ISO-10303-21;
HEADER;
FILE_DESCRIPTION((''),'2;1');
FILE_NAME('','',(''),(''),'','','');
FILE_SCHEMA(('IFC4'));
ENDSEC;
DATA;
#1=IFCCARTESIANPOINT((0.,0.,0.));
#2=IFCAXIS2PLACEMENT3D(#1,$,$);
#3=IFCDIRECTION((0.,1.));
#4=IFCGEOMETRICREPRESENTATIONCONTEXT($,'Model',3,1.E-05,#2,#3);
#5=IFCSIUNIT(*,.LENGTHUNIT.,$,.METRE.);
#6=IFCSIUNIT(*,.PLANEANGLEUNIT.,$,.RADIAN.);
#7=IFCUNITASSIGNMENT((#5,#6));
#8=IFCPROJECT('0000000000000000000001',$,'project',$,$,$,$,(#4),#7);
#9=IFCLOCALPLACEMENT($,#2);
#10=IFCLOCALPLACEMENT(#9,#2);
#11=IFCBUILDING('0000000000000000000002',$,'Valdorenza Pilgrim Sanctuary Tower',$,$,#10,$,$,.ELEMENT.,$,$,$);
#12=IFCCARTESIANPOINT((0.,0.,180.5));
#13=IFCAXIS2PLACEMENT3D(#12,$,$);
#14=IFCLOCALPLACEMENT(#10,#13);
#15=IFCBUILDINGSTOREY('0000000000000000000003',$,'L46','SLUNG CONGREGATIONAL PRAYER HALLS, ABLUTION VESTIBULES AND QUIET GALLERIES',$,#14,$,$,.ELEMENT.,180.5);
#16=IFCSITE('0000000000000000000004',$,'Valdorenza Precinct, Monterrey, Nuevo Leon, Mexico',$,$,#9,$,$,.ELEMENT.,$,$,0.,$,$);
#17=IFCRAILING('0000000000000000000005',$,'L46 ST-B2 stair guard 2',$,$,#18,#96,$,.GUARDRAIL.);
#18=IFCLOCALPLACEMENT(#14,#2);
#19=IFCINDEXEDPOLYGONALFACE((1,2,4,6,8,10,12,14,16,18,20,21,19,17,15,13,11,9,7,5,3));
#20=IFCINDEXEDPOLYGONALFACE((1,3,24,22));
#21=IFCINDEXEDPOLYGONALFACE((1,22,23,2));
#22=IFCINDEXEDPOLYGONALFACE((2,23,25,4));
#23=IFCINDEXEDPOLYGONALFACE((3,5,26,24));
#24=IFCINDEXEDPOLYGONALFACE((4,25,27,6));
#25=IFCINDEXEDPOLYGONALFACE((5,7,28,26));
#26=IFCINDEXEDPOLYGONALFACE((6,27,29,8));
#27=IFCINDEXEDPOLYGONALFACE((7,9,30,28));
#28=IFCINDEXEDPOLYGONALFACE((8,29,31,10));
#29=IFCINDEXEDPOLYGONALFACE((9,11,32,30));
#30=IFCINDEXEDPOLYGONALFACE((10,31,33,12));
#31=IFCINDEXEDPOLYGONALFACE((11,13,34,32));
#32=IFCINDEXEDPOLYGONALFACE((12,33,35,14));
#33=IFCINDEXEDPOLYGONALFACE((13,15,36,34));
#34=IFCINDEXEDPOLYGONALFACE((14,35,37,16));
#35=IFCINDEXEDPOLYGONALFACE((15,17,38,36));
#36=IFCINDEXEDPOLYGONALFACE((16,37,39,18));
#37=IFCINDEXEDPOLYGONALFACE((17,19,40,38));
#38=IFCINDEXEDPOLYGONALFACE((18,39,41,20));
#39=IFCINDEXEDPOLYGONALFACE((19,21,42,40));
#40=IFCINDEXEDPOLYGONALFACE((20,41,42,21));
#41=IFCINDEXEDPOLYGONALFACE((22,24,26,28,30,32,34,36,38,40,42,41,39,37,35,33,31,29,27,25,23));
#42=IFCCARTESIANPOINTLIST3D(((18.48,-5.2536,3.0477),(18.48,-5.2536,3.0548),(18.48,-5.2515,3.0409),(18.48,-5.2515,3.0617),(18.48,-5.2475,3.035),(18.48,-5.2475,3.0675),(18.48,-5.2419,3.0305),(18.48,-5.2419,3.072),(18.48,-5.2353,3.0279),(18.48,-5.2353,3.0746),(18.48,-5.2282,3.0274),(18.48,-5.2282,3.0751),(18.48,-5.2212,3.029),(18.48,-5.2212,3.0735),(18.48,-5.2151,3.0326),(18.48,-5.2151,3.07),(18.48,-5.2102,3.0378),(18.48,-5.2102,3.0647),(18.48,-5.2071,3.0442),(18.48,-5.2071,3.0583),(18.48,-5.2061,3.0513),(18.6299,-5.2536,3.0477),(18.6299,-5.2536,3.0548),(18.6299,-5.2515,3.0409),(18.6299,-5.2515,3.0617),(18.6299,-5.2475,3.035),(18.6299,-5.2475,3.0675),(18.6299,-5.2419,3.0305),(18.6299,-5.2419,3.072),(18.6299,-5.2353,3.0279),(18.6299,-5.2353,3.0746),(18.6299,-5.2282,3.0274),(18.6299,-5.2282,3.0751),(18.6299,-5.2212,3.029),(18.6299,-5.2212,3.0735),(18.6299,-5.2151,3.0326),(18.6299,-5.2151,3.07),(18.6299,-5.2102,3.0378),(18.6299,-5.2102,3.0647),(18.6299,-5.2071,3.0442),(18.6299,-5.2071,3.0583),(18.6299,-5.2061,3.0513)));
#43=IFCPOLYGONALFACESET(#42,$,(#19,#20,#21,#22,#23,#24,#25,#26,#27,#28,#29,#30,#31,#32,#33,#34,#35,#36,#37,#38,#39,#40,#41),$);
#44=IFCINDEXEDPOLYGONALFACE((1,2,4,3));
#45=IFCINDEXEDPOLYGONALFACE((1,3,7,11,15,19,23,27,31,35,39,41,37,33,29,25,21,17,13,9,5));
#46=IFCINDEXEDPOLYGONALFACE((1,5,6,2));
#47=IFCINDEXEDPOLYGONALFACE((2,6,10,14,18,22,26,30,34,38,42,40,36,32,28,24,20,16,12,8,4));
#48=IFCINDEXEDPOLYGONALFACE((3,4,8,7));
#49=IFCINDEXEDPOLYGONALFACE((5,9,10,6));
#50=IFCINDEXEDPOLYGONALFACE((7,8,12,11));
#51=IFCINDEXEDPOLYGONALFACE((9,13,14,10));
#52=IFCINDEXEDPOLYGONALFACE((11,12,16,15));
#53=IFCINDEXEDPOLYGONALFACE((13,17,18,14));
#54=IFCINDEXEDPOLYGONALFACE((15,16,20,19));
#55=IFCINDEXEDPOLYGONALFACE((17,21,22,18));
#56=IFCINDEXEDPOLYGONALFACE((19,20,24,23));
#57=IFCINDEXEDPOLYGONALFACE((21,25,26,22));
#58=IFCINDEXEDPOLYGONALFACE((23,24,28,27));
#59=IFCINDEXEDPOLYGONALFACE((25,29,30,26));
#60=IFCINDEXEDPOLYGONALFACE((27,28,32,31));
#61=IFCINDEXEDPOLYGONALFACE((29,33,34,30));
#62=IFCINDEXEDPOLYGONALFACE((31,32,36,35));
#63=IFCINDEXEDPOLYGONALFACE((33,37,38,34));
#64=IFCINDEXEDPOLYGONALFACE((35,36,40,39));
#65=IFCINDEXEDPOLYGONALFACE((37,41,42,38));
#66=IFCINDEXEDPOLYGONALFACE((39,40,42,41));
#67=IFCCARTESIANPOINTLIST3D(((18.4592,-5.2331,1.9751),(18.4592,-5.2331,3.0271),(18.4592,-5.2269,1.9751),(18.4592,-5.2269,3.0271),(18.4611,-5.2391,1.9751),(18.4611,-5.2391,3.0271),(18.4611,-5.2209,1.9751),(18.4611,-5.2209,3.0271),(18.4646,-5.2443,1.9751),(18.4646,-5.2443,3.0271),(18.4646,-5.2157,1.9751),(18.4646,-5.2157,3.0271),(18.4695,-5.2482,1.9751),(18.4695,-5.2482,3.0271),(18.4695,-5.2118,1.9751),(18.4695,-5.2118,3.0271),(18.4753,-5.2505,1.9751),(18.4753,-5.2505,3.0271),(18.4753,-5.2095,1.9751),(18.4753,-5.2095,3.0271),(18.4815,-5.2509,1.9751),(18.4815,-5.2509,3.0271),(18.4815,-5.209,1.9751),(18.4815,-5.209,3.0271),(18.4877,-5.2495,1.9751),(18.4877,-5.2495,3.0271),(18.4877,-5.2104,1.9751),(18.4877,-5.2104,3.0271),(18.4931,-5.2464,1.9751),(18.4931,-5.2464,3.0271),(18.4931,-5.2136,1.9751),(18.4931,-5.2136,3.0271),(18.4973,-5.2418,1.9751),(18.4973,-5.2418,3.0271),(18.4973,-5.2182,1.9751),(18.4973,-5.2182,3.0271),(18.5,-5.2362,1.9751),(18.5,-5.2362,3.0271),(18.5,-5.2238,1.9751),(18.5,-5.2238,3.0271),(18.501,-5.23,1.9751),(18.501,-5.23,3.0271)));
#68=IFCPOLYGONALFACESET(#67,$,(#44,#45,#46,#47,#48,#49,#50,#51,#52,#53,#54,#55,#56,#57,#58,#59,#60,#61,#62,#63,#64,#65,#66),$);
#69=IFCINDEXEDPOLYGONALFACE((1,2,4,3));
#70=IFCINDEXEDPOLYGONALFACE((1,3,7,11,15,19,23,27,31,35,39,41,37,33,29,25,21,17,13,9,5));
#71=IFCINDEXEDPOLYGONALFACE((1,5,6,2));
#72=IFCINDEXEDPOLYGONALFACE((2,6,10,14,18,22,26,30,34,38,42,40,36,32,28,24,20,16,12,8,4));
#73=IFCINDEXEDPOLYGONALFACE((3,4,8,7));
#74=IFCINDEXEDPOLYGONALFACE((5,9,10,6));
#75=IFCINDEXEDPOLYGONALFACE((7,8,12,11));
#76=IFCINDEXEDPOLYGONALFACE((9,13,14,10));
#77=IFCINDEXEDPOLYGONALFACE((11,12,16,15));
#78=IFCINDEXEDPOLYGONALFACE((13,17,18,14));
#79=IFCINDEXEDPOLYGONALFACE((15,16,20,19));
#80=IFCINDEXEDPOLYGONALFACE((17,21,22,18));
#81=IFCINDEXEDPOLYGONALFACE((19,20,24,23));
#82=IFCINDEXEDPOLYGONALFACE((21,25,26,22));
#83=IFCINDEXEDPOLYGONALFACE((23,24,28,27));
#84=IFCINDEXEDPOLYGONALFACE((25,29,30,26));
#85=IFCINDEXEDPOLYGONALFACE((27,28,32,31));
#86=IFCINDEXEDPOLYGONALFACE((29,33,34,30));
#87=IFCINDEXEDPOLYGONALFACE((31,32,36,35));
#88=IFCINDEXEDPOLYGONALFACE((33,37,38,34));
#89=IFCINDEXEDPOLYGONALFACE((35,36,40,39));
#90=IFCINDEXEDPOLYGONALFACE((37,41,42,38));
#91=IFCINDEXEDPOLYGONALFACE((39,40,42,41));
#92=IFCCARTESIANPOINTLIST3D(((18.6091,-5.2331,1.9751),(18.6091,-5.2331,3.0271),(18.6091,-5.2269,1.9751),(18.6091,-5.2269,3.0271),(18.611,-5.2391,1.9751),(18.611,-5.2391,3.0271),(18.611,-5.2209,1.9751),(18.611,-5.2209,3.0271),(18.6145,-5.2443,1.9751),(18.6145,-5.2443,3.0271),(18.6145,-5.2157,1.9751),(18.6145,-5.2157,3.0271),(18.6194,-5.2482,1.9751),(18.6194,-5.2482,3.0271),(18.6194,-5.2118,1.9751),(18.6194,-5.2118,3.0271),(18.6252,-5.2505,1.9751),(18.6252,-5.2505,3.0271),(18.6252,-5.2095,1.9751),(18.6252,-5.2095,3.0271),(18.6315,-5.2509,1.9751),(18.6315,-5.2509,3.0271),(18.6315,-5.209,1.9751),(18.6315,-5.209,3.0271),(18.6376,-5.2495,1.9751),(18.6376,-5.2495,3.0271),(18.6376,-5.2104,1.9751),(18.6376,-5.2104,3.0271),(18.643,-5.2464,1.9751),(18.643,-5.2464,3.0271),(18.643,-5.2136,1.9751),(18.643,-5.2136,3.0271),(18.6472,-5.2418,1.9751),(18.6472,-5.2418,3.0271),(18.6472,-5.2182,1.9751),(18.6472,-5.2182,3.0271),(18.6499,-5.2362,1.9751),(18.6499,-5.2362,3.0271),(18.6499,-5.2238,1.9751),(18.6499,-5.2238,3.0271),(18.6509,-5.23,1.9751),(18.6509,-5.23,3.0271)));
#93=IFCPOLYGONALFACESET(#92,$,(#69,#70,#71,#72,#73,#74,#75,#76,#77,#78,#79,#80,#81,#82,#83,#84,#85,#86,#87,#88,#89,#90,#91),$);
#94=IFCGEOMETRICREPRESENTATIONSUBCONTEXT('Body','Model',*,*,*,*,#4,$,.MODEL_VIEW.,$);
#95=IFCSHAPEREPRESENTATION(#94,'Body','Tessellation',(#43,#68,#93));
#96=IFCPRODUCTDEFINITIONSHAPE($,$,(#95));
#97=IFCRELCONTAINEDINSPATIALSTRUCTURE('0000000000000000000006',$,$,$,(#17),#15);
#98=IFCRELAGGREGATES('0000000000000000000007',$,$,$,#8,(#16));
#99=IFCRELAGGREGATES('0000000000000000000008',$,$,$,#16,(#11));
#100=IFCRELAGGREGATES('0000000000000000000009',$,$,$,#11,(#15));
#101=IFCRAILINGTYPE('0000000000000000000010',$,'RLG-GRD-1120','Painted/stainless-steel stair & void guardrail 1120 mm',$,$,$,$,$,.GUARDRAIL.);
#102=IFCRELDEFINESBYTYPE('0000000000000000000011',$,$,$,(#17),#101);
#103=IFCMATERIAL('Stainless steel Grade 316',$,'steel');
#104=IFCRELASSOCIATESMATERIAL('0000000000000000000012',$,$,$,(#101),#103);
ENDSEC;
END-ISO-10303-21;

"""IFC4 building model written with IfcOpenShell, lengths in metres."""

from ifc_helpers import new_model, si_unit, direction, frame, origin, origin_2d, place, context, subcontext, project, spatial, circle, extrude, material, type_object, element, save


model = new_model("IFC4")

# Units and contexts
model_context = context("Model", 3, precision=1e-05, world=origin(), true_north=direction((0.0, 1.0)))
body_context = subcontext(model_context, "Body", "Model", "MODEL_VIEW")
ifc_project = project(units=[si_unit("LENGTHUNIT", "METRE"), si_unit("PLANEANGLEUNIT", "RADIAN")], contexts=[model_context])

# Site, building, storey
site_placement = place(None, origin())
site = spatial("IfcSite", under=ifc_project, at=site_placement, Name="Valdorenza Precinct, Monterrey, Nuevo Leon, Mexico", CompositionType="ELEMENT", RefElevation=0.0)
building_placement = place(site_placement, origin())
building = spatial("IfcBuilding", under=site, at=building_placement, Name="Valdorenza Pilgrim Sanctuary Tower", CompositionType="ELEMENT")
storey_placement = place(building_placement, frame((0.0, 0.0, 180.5)))
storey = spatial("IfcBuildingStorey", under=building, at=storey_placement, Name="L46", Description="SLUNG CONGREGATIONAL PRAYER HALLS, ABLUTION VESTIBULES AND QUIET GALLERIES", CompositionType="ELEMENT", Elevation=180.5)

# Railing
ifc_material_1 = material(Name="Stainless steel Grade 316", Category="steel")
railing_type_1 = type_object("IfcRailingType", Name="RLG-GRD-1120", Description="Painted/stainless-steel stair & void guardrail 1120 mm", PredefinedType="GUARDRAIL", material=ifc_material_1)
railing_1_placement = place(storey_placement, frame((18.48, -5.23, 1.9751)))
element("IfcRailing", 1, at=railing_1_placement, inside=storey, type_object=railing_type_1, Name="L46 ST-B2 stair guard 2", PredefinedType="GUARDRAIL", context=body_context, shape_type="SweptSolid", body=[
    extrude(circle(Radius=0.0239, at=origin_2d()), frame((0.0, 0.0, 1.0762), z_axis=(1.0, 0.0, 0.0), x_axis=(0.0, 1.0, 0.0)), (0.0, 0.0, 1.0), 0.1499),
    extrude(circle(Radius=0.021, at=origin_2d()), origin(), (0.0, 0.0, 1.0), 1.052),
    extrude(circle(Radius=0.021, at=origin_2d()), frame((0.1499, 0.0, 0.0)), (0.0, 0.0, 1.0), 1.052),
])

save(model, "model.ifc")
